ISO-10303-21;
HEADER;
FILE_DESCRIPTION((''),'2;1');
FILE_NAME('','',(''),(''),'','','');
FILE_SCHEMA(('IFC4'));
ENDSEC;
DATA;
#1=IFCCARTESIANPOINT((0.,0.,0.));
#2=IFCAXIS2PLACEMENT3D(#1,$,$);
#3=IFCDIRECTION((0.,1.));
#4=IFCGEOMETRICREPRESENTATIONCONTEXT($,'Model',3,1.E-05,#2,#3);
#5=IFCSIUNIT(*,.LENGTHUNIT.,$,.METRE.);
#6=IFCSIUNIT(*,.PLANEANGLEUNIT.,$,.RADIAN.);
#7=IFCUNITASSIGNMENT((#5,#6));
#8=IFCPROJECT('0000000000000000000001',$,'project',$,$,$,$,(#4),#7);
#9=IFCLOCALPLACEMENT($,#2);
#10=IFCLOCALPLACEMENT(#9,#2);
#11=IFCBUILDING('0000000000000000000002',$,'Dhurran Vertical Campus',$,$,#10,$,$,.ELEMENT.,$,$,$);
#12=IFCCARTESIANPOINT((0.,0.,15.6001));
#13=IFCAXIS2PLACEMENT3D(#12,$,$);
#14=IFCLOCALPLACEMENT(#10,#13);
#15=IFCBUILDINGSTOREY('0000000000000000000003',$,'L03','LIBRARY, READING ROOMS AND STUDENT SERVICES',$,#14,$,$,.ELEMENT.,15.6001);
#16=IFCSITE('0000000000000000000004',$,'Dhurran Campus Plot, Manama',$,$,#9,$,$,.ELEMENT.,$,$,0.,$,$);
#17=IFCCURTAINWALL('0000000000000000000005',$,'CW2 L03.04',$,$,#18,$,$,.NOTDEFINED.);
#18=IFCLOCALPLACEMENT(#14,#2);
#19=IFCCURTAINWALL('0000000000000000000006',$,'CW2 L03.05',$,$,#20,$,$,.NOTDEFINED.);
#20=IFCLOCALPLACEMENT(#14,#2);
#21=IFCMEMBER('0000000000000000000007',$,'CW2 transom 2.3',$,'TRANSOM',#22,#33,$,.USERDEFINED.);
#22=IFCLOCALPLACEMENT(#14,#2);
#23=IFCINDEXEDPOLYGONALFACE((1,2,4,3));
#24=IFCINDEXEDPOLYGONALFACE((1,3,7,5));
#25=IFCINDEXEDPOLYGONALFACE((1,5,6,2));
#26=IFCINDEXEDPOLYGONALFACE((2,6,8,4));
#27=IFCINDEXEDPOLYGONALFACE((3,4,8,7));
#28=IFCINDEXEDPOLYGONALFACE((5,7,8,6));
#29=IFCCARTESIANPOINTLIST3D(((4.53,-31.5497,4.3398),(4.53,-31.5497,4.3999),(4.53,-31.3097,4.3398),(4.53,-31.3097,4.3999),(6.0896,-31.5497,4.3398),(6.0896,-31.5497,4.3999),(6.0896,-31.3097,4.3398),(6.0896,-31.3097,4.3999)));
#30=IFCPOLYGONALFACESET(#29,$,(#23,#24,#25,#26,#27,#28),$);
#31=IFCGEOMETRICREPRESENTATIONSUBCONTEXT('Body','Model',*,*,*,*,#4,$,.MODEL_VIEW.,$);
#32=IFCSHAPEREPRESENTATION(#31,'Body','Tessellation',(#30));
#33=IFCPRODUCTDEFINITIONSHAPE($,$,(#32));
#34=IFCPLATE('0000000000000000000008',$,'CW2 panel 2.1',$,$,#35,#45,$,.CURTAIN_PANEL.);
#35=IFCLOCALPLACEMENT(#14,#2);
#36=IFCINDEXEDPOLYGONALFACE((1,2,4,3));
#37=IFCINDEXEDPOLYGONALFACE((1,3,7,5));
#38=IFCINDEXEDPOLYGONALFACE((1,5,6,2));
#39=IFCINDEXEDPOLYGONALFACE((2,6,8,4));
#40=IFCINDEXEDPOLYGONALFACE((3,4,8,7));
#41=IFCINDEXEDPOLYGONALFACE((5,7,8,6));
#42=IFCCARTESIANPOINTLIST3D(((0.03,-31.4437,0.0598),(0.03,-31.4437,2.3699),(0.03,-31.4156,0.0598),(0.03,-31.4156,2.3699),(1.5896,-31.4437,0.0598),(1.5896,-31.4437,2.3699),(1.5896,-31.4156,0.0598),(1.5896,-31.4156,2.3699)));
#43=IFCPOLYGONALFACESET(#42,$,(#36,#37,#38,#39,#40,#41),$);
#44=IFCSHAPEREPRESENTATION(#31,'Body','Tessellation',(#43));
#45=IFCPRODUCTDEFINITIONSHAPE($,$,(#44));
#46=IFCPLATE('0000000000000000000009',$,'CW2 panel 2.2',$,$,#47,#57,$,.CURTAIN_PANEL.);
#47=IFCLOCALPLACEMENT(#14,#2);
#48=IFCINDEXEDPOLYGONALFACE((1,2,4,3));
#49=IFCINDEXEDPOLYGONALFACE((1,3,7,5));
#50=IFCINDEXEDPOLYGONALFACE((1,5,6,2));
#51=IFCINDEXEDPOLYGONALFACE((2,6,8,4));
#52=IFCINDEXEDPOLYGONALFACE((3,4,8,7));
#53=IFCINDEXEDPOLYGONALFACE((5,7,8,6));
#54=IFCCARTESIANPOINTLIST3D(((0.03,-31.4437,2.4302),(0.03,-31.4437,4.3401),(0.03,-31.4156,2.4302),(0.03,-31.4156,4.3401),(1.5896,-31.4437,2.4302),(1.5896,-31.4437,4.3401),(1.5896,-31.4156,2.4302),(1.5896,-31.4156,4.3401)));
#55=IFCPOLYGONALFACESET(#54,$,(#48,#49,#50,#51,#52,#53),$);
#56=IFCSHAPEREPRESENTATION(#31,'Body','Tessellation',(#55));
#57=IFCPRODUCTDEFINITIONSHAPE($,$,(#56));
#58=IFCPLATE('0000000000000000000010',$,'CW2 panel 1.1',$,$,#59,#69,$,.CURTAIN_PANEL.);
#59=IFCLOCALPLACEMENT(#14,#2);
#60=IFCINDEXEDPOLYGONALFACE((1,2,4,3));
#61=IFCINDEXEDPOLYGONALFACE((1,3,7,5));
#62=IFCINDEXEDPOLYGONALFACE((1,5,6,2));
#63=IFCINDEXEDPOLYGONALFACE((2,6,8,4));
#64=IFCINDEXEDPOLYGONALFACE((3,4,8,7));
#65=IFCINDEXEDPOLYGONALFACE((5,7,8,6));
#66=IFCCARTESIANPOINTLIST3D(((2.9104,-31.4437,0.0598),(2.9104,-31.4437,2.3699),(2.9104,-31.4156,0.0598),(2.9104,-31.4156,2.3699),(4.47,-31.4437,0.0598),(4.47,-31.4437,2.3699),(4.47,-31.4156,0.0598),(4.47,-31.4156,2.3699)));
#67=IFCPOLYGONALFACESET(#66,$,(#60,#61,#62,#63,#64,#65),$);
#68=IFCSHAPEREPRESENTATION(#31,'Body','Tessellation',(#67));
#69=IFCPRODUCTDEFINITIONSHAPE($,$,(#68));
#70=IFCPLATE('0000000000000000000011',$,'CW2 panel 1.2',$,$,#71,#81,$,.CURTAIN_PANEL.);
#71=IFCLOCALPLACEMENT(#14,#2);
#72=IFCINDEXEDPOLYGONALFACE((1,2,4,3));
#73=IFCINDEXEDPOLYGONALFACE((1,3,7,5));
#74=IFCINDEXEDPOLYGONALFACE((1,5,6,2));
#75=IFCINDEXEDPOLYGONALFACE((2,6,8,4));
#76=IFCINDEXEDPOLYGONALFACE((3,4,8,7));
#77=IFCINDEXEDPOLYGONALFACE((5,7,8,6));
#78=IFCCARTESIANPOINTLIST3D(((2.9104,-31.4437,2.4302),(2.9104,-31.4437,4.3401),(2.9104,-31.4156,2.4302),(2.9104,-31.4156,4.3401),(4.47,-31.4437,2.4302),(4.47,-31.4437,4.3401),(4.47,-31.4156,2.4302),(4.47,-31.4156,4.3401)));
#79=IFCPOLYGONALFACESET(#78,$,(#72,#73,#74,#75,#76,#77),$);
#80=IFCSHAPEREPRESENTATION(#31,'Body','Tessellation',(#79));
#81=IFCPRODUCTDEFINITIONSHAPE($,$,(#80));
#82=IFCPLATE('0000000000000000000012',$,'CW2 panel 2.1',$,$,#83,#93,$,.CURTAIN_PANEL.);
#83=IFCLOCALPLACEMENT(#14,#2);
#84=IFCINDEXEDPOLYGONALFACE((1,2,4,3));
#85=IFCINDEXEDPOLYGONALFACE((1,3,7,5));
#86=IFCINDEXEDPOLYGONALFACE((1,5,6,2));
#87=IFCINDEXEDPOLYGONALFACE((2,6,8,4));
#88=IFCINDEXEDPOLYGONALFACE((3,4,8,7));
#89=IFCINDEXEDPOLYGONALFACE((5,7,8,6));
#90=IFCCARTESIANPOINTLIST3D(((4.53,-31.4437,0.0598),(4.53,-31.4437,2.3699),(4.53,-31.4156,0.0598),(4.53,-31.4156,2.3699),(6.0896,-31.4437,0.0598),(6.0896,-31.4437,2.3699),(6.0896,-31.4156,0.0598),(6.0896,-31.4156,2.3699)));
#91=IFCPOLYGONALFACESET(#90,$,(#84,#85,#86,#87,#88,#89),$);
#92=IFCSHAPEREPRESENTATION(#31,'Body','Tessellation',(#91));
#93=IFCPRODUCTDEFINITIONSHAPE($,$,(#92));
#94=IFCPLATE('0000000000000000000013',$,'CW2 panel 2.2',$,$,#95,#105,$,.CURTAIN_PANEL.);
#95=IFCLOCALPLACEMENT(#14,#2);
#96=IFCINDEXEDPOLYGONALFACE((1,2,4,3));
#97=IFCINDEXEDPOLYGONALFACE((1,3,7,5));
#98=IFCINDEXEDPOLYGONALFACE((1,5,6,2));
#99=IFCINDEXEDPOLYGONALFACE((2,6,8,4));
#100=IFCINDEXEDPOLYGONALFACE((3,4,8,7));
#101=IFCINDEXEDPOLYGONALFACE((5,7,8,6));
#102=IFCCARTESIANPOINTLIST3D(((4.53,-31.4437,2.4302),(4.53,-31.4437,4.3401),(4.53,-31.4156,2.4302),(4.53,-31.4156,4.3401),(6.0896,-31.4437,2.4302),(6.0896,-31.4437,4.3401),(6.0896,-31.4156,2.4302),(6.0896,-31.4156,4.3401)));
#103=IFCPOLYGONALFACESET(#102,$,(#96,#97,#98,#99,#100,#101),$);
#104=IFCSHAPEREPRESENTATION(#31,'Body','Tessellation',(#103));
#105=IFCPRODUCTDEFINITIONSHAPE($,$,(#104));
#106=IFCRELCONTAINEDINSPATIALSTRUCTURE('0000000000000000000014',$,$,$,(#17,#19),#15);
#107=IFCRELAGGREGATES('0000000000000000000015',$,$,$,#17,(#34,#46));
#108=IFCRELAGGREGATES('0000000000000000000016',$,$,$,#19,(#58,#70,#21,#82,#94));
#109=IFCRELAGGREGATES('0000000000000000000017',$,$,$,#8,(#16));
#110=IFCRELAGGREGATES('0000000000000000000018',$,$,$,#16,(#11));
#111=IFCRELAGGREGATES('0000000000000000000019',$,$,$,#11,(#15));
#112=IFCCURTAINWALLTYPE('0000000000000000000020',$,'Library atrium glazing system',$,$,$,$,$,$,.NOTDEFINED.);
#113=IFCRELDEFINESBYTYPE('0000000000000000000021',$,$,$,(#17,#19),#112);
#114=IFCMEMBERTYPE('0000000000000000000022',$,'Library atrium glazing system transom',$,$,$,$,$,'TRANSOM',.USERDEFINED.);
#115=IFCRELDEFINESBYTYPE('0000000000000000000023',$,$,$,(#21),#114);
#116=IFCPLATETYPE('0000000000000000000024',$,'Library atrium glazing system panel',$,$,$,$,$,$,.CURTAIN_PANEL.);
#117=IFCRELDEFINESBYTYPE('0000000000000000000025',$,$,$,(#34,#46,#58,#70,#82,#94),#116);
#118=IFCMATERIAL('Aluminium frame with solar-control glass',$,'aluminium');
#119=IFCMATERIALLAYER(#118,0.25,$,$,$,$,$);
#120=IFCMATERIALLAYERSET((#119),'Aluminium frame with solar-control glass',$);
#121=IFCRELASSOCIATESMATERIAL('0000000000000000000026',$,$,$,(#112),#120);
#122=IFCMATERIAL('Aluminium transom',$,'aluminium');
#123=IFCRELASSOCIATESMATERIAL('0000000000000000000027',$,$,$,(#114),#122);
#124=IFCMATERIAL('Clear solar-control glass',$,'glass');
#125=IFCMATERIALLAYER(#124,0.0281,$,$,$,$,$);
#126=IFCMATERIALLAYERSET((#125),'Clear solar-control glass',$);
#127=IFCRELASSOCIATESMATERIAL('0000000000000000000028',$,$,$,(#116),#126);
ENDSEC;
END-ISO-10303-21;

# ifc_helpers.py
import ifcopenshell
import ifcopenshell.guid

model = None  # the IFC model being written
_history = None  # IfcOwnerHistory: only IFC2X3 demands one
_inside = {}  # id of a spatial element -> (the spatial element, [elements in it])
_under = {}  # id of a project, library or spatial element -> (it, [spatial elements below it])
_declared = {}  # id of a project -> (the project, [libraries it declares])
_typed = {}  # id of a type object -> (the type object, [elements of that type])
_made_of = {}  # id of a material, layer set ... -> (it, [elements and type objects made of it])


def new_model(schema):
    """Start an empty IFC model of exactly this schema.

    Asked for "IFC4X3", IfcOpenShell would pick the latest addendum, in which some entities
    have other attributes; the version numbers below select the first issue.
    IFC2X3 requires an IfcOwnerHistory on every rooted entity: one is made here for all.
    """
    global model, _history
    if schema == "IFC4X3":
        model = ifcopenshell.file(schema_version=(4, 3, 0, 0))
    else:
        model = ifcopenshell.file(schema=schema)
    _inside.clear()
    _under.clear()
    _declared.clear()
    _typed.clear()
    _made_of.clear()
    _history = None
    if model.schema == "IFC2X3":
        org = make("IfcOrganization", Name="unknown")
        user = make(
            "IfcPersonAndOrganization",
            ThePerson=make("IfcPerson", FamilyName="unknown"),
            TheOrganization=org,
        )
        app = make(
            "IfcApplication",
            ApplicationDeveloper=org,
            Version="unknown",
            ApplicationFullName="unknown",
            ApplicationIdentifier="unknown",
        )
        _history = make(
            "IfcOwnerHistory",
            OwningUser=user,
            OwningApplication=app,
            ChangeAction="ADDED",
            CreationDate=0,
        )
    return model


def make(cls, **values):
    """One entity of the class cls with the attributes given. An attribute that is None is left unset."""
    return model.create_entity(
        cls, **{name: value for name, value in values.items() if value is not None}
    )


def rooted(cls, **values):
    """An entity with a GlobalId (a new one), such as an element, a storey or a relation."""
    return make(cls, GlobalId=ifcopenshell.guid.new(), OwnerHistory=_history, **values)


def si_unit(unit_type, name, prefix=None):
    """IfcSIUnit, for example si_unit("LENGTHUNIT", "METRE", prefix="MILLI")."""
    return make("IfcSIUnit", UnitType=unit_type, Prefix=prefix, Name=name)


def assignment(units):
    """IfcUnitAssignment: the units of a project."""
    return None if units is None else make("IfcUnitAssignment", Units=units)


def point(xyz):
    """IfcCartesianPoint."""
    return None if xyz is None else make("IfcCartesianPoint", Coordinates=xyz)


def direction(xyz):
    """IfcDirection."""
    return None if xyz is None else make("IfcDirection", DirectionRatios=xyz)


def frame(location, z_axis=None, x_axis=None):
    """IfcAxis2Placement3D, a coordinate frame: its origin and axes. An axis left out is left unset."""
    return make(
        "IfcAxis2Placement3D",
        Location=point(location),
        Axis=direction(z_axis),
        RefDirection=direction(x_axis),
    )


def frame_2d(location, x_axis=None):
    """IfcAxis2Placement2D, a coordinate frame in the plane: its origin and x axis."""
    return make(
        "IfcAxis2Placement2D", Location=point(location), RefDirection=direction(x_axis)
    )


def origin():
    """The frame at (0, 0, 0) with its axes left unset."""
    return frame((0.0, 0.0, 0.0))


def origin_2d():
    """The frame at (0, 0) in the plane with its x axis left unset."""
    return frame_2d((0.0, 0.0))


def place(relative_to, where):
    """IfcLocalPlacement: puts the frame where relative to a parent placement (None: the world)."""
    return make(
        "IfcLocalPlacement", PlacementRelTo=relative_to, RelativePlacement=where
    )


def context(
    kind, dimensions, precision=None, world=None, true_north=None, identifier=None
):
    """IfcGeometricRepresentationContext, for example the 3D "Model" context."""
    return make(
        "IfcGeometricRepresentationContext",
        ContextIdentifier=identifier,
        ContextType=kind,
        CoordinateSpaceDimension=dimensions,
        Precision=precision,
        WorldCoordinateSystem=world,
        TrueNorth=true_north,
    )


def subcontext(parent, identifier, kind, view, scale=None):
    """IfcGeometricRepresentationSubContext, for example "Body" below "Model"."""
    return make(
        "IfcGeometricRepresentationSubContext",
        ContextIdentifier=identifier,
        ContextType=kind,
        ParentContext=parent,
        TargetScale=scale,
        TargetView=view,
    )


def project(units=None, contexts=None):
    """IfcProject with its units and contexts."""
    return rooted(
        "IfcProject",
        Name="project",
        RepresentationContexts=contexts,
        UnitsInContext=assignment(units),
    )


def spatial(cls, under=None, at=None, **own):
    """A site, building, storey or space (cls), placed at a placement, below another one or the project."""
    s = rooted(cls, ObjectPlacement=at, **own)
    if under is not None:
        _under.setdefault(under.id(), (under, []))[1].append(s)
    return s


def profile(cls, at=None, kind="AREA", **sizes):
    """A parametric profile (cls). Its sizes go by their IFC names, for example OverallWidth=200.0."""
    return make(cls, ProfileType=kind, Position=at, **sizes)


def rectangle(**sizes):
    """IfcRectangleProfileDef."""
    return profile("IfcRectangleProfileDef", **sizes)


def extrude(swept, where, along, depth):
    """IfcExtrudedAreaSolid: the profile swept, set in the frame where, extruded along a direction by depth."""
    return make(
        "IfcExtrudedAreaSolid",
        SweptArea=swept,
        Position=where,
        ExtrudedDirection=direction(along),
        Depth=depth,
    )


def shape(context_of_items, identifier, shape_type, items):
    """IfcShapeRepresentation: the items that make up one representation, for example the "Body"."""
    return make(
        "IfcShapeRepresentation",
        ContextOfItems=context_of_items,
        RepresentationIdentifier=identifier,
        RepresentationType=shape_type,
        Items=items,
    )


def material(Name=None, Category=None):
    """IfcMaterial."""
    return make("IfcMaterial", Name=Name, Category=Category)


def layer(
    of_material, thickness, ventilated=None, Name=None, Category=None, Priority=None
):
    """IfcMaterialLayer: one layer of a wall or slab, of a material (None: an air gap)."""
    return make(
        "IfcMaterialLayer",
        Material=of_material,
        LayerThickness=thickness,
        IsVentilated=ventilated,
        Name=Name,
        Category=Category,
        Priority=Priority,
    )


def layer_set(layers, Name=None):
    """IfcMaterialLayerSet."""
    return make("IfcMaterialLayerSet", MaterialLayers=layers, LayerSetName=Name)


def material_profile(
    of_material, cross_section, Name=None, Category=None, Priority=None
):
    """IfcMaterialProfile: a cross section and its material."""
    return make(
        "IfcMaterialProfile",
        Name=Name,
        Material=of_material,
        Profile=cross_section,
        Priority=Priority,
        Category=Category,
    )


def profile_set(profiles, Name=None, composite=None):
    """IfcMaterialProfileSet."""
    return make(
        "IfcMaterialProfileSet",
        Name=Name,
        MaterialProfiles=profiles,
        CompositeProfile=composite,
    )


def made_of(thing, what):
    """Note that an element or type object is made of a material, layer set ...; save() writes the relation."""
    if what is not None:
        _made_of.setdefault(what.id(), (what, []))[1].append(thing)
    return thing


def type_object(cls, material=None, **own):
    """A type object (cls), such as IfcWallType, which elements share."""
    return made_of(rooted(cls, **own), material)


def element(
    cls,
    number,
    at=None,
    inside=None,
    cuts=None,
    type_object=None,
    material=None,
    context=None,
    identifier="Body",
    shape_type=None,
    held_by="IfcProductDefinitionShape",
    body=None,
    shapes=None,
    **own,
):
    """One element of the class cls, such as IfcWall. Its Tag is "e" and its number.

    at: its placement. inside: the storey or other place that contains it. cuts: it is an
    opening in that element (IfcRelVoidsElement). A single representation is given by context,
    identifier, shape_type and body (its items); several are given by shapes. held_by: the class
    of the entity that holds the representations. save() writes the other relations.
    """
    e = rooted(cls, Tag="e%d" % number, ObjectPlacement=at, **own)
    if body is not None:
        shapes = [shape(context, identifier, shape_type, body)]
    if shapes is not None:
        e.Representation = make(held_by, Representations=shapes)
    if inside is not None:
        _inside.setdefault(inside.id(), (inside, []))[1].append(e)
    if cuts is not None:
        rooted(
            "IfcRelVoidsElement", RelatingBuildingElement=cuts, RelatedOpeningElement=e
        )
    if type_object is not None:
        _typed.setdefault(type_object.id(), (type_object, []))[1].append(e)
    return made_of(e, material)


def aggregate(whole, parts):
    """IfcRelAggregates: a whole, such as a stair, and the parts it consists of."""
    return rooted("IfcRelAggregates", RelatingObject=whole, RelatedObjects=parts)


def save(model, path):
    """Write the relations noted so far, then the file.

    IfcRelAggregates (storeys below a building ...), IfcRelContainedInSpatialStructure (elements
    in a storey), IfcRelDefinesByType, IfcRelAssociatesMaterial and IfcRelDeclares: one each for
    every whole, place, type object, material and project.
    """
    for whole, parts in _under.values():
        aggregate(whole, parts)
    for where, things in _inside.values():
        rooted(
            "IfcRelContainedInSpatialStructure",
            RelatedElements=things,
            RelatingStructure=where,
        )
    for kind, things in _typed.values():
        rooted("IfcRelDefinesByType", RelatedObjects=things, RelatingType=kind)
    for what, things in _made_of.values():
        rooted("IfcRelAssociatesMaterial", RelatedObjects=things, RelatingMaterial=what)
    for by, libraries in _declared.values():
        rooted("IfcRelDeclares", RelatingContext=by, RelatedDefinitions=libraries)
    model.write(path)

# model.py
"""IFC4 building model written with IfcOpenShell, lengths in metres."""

from ifc_helpers import new_model, si_unit, direction, frame, origin, origin_2d, place, context, subcontext, project, spatial, rectangle, extrude, material, layer, layer_set, material_profile, profile_set, type_object, element, aggregate, save


model = new_model("IFC4")

# Units and contexts
model_context = context("Model", 3, precision=1e-05, world=origin(), true_north=direction((0.0, 1.0)))
body_context = subcontext(model_context, "Body", "Model", "MODEL_VIEW")
ifc_project = project(units=[si_unit("LENGTHUNIT", "METRE"), si_unit("PLANEANGLEUNIT", "RADIAN")], contexts=[model_context])

# Site, building, storey
site_placement = place(None, origin())
site = spatial("IfcSite", under=ifc_project, at=site_placement, Name="Dhurran Campus Plot, Manama", CompositionType="ELEMENT", RefElevation=0.0)
building_placement = place(site_placement, origin())
building = spatial("IfcBuilding", under=site, at=building_placement, Name="Dhurran Vertical Campus", CompositionType="ELEMENT")
storey_placement = place(building_placement, frame((0.0, 0.0, 15.6001)))
storey = spatial("IfcBuildingStorey", under=building, at=storey_placement, Name="L03", Description="LIBRARY, READING ROOMS AND STUDENT SERVICES", CompositionType="ELEMENT", Elevation=15.6001)

# Curtain wall
ifc_material_1 = material(Name="Aluminium frame with solar-control glass", Category="aluminium")
ifc_layer_1 = layer(ifc_material_1, 0.25)
ifc_layer_set_1 = layer_set([ifc_layer_1], Name="Aluminium frame with solar-control glass")
curtain_wall_type = type_object("IfcCurtainWallType", Name="Library atrium glazing system", PredefinedType="NOTDEFINED", material=ifc_layer_set_1)
curtain_wall_1_placement = place(storey_placement, origin())
curtain_wall_1 = element("IfcCurtainWall", 1, at=curtain_wall_1_placement, inside=storey, type_object=curtain_wall_type, Name="CW2 L03.04", PredefinedType="NOTDEFINED")

# Curtain wall
curtain_wall_2_placement = place(storey_placement, origin())
curtain_wall_2 = element("IfcCurtainWall", 2, at=curtain_wall_2_placement, inside=storey, type_object=curtain_wall_type, Name="CW2 L03.05", PredefinedType="NOTDEFINED")

# Member
ifc_material_2 = material(Name="Aluminium transom", Category="aluminium")
ifc_material_profile_1 = material_profile(ifc_material_2, rectangle(XDim=0.24, YDim=0.0601, at=origin_2d()), Name="Library atrium glazing system transom")
ifc_profile_set_1 = profile_set([ifc_material_profile_1], Name="Aluminium transom")
member_type_1 = type_object("IfcMemberType", Name="Library atrium glazing system transom", ElementType="TRANSOM", PredefinedType="USERDEFINED", material=ifc_profile_set_1)
member_1_placement = place(storey_placement, frame((4.53, -31.4297, 4.3699), z_axis=(1.0, 0.0, 0.0), x_axis=(0.0, 1.0, 0.0)))
member_1 = element("IfcMember", 3, at=member_1_placement, type_object=member_type_1, Name="CW2 transom 2.3", ObjectType="TRANSOM", PredefinedType="USERDEFINED", context=body_context, shape_type="SweptSolid", body=[
    extrude(rectangle(XDim=0.24, YDim=0.0601, at=origin_2d()), origin(), (0.0, 0.0, 1.0), 1.5596),
])

# Plates
ifc_material_3 = material(Name="Clear solar-control glass", Category="glass")
ifc_layer_2 = layer(ifc_material_3, 0.0281)
ifc_layer_set_2 = layer_set([ifc_layer_2], Name="Clear solar-control glass")
plate_type = type_object("IfcPlateType", Name="Library atrium glazing system panel", PredefinedType="CURTAIN_PANEL", material=ifc_layer_set_2)
plate_1_placement = place(storey_placement, frame((0.8098, -31.4297, 0.0598), z_axis=(0.0, 0.0, 1.0), x_axis=(1.0, 0.0, 0.0)))
plate_1 = element("IfcPlate", 4, at=plate_1_placement, type_object=plate_type, Name="CW2 panel 2.1", PredefinedType="CURTAIN_PANEL", context=body_context, shape_type="SweptSolid", body=[
    extrude(rectangle(XDim=1.5596, YDim=0.0281, at=origin_2d()), origin(), (0.0, 0.0, 1.0), 2.3101),
])
plate_2_placement = place(storey_placement, frame((0.8098, -31.4297, 2.4302), z_axis=(0.0, 0.0, 1.0), x_axis=(1.0, 0.0, 0.0)))
plate_2 = element("IfcPlate", 5, at=plate_2_placement, type_object=plate_type, Name="CW2 panel 2.2", PredefinedType="CURTAIN_PANEL", context=body_context, shape_type="SweptSolid", body=[
    extrude(rectangle(XDim=1.5596, YDim=0.0281, at=origin_2d()), origin(), (0.0, 0.0, 1.0), 1.9099),
])
aggregate(curtain_wall_1, [plate_1, plate_2])
plate_3_placement = place(storey_placement, frame((3.6902, -31.4297, 0.0598), z_axis=(0.0, 0.0, 1.0), x_axis=(1.0, 0.0, 0.0)))
plate_3 = element("IfcPlate", 6, at=plate_3_placement, type_object=plate_type, Name="CW2 panel 1.1", PredefinedType="CURTAIN_PANEL", context=body_context, shape_type="SweptSolid", body=[
    extrude(rectangle(XDim=1.5596, YDim=0.0281, at=origin_2d()), origin(), (0.0, 0.0, 1.0), 2.3101),
])
plate_4_placement = place(storey_placement, frame((3.6902, -31.4297, 2.4302), z_axis=(0.0, 0.0, 1.0), x_axis=(1.0, 0.0, 0.0)))
plate_4 = element("IfcPlate", 7, at=plate_4_placement, type_object=plate_type, Name="CW2 panel 1.2", PredefinedType="CURTAIN_PANEL", context=body_context, shape_type="SweptSolid", body=[
    extrude(rectangle(XDim=1.5596, YDim=0.0281, at=origin_2d()), origin(), (0.0, 0.0, 1.0), 1.9099),
])
plate_5_placement = place(storey_placement, frame((5.3098, -31.4297, 0.0598), z_axis=(0.0, 0.0, 1.0), x_axis=(1.0, 0.0, 0.0)))
plate_5 = element("IfcPlate", 8, at=plate_5_placement, type_object=plate_type, Name="CW2 panel 2.1", PredefinedType="CURTAIN_PANEL", context=body_context, shape_type="SweptSolid", body=[
    extrude(rectangle(XDim=1.5596, YDim=0.0281, at=origin_2d()), origin(), (0.0, 0.0, 1.0), 2.3101),
])
plate_6_placement = place(storey_placement, frame((5.3098, -31.4297, 2.4302), z_axis=(0.0, 0.0, 1.0), x_axis=(1.0, 0.0, 0.0)))
plate_6 = element("IfcPlate", 9, at=plate_6_placement, type_object=plate_type, Name="CW2 panel 2.2", PredefinedType="CURTAIN_PANEL", context=body_context, shape_type="SweptSolid", body=[
    extrude(rectangle(XDim=1.5596, YDim=0.0281, at=origin_2d()), origin(), (0.0, 0.0, 1.0), 1.9099),
])
aggregate(curtain_wall_2, [plate_3, plate_4, member_1, plate_5, plate_6])

save(model, "model.ifc")
